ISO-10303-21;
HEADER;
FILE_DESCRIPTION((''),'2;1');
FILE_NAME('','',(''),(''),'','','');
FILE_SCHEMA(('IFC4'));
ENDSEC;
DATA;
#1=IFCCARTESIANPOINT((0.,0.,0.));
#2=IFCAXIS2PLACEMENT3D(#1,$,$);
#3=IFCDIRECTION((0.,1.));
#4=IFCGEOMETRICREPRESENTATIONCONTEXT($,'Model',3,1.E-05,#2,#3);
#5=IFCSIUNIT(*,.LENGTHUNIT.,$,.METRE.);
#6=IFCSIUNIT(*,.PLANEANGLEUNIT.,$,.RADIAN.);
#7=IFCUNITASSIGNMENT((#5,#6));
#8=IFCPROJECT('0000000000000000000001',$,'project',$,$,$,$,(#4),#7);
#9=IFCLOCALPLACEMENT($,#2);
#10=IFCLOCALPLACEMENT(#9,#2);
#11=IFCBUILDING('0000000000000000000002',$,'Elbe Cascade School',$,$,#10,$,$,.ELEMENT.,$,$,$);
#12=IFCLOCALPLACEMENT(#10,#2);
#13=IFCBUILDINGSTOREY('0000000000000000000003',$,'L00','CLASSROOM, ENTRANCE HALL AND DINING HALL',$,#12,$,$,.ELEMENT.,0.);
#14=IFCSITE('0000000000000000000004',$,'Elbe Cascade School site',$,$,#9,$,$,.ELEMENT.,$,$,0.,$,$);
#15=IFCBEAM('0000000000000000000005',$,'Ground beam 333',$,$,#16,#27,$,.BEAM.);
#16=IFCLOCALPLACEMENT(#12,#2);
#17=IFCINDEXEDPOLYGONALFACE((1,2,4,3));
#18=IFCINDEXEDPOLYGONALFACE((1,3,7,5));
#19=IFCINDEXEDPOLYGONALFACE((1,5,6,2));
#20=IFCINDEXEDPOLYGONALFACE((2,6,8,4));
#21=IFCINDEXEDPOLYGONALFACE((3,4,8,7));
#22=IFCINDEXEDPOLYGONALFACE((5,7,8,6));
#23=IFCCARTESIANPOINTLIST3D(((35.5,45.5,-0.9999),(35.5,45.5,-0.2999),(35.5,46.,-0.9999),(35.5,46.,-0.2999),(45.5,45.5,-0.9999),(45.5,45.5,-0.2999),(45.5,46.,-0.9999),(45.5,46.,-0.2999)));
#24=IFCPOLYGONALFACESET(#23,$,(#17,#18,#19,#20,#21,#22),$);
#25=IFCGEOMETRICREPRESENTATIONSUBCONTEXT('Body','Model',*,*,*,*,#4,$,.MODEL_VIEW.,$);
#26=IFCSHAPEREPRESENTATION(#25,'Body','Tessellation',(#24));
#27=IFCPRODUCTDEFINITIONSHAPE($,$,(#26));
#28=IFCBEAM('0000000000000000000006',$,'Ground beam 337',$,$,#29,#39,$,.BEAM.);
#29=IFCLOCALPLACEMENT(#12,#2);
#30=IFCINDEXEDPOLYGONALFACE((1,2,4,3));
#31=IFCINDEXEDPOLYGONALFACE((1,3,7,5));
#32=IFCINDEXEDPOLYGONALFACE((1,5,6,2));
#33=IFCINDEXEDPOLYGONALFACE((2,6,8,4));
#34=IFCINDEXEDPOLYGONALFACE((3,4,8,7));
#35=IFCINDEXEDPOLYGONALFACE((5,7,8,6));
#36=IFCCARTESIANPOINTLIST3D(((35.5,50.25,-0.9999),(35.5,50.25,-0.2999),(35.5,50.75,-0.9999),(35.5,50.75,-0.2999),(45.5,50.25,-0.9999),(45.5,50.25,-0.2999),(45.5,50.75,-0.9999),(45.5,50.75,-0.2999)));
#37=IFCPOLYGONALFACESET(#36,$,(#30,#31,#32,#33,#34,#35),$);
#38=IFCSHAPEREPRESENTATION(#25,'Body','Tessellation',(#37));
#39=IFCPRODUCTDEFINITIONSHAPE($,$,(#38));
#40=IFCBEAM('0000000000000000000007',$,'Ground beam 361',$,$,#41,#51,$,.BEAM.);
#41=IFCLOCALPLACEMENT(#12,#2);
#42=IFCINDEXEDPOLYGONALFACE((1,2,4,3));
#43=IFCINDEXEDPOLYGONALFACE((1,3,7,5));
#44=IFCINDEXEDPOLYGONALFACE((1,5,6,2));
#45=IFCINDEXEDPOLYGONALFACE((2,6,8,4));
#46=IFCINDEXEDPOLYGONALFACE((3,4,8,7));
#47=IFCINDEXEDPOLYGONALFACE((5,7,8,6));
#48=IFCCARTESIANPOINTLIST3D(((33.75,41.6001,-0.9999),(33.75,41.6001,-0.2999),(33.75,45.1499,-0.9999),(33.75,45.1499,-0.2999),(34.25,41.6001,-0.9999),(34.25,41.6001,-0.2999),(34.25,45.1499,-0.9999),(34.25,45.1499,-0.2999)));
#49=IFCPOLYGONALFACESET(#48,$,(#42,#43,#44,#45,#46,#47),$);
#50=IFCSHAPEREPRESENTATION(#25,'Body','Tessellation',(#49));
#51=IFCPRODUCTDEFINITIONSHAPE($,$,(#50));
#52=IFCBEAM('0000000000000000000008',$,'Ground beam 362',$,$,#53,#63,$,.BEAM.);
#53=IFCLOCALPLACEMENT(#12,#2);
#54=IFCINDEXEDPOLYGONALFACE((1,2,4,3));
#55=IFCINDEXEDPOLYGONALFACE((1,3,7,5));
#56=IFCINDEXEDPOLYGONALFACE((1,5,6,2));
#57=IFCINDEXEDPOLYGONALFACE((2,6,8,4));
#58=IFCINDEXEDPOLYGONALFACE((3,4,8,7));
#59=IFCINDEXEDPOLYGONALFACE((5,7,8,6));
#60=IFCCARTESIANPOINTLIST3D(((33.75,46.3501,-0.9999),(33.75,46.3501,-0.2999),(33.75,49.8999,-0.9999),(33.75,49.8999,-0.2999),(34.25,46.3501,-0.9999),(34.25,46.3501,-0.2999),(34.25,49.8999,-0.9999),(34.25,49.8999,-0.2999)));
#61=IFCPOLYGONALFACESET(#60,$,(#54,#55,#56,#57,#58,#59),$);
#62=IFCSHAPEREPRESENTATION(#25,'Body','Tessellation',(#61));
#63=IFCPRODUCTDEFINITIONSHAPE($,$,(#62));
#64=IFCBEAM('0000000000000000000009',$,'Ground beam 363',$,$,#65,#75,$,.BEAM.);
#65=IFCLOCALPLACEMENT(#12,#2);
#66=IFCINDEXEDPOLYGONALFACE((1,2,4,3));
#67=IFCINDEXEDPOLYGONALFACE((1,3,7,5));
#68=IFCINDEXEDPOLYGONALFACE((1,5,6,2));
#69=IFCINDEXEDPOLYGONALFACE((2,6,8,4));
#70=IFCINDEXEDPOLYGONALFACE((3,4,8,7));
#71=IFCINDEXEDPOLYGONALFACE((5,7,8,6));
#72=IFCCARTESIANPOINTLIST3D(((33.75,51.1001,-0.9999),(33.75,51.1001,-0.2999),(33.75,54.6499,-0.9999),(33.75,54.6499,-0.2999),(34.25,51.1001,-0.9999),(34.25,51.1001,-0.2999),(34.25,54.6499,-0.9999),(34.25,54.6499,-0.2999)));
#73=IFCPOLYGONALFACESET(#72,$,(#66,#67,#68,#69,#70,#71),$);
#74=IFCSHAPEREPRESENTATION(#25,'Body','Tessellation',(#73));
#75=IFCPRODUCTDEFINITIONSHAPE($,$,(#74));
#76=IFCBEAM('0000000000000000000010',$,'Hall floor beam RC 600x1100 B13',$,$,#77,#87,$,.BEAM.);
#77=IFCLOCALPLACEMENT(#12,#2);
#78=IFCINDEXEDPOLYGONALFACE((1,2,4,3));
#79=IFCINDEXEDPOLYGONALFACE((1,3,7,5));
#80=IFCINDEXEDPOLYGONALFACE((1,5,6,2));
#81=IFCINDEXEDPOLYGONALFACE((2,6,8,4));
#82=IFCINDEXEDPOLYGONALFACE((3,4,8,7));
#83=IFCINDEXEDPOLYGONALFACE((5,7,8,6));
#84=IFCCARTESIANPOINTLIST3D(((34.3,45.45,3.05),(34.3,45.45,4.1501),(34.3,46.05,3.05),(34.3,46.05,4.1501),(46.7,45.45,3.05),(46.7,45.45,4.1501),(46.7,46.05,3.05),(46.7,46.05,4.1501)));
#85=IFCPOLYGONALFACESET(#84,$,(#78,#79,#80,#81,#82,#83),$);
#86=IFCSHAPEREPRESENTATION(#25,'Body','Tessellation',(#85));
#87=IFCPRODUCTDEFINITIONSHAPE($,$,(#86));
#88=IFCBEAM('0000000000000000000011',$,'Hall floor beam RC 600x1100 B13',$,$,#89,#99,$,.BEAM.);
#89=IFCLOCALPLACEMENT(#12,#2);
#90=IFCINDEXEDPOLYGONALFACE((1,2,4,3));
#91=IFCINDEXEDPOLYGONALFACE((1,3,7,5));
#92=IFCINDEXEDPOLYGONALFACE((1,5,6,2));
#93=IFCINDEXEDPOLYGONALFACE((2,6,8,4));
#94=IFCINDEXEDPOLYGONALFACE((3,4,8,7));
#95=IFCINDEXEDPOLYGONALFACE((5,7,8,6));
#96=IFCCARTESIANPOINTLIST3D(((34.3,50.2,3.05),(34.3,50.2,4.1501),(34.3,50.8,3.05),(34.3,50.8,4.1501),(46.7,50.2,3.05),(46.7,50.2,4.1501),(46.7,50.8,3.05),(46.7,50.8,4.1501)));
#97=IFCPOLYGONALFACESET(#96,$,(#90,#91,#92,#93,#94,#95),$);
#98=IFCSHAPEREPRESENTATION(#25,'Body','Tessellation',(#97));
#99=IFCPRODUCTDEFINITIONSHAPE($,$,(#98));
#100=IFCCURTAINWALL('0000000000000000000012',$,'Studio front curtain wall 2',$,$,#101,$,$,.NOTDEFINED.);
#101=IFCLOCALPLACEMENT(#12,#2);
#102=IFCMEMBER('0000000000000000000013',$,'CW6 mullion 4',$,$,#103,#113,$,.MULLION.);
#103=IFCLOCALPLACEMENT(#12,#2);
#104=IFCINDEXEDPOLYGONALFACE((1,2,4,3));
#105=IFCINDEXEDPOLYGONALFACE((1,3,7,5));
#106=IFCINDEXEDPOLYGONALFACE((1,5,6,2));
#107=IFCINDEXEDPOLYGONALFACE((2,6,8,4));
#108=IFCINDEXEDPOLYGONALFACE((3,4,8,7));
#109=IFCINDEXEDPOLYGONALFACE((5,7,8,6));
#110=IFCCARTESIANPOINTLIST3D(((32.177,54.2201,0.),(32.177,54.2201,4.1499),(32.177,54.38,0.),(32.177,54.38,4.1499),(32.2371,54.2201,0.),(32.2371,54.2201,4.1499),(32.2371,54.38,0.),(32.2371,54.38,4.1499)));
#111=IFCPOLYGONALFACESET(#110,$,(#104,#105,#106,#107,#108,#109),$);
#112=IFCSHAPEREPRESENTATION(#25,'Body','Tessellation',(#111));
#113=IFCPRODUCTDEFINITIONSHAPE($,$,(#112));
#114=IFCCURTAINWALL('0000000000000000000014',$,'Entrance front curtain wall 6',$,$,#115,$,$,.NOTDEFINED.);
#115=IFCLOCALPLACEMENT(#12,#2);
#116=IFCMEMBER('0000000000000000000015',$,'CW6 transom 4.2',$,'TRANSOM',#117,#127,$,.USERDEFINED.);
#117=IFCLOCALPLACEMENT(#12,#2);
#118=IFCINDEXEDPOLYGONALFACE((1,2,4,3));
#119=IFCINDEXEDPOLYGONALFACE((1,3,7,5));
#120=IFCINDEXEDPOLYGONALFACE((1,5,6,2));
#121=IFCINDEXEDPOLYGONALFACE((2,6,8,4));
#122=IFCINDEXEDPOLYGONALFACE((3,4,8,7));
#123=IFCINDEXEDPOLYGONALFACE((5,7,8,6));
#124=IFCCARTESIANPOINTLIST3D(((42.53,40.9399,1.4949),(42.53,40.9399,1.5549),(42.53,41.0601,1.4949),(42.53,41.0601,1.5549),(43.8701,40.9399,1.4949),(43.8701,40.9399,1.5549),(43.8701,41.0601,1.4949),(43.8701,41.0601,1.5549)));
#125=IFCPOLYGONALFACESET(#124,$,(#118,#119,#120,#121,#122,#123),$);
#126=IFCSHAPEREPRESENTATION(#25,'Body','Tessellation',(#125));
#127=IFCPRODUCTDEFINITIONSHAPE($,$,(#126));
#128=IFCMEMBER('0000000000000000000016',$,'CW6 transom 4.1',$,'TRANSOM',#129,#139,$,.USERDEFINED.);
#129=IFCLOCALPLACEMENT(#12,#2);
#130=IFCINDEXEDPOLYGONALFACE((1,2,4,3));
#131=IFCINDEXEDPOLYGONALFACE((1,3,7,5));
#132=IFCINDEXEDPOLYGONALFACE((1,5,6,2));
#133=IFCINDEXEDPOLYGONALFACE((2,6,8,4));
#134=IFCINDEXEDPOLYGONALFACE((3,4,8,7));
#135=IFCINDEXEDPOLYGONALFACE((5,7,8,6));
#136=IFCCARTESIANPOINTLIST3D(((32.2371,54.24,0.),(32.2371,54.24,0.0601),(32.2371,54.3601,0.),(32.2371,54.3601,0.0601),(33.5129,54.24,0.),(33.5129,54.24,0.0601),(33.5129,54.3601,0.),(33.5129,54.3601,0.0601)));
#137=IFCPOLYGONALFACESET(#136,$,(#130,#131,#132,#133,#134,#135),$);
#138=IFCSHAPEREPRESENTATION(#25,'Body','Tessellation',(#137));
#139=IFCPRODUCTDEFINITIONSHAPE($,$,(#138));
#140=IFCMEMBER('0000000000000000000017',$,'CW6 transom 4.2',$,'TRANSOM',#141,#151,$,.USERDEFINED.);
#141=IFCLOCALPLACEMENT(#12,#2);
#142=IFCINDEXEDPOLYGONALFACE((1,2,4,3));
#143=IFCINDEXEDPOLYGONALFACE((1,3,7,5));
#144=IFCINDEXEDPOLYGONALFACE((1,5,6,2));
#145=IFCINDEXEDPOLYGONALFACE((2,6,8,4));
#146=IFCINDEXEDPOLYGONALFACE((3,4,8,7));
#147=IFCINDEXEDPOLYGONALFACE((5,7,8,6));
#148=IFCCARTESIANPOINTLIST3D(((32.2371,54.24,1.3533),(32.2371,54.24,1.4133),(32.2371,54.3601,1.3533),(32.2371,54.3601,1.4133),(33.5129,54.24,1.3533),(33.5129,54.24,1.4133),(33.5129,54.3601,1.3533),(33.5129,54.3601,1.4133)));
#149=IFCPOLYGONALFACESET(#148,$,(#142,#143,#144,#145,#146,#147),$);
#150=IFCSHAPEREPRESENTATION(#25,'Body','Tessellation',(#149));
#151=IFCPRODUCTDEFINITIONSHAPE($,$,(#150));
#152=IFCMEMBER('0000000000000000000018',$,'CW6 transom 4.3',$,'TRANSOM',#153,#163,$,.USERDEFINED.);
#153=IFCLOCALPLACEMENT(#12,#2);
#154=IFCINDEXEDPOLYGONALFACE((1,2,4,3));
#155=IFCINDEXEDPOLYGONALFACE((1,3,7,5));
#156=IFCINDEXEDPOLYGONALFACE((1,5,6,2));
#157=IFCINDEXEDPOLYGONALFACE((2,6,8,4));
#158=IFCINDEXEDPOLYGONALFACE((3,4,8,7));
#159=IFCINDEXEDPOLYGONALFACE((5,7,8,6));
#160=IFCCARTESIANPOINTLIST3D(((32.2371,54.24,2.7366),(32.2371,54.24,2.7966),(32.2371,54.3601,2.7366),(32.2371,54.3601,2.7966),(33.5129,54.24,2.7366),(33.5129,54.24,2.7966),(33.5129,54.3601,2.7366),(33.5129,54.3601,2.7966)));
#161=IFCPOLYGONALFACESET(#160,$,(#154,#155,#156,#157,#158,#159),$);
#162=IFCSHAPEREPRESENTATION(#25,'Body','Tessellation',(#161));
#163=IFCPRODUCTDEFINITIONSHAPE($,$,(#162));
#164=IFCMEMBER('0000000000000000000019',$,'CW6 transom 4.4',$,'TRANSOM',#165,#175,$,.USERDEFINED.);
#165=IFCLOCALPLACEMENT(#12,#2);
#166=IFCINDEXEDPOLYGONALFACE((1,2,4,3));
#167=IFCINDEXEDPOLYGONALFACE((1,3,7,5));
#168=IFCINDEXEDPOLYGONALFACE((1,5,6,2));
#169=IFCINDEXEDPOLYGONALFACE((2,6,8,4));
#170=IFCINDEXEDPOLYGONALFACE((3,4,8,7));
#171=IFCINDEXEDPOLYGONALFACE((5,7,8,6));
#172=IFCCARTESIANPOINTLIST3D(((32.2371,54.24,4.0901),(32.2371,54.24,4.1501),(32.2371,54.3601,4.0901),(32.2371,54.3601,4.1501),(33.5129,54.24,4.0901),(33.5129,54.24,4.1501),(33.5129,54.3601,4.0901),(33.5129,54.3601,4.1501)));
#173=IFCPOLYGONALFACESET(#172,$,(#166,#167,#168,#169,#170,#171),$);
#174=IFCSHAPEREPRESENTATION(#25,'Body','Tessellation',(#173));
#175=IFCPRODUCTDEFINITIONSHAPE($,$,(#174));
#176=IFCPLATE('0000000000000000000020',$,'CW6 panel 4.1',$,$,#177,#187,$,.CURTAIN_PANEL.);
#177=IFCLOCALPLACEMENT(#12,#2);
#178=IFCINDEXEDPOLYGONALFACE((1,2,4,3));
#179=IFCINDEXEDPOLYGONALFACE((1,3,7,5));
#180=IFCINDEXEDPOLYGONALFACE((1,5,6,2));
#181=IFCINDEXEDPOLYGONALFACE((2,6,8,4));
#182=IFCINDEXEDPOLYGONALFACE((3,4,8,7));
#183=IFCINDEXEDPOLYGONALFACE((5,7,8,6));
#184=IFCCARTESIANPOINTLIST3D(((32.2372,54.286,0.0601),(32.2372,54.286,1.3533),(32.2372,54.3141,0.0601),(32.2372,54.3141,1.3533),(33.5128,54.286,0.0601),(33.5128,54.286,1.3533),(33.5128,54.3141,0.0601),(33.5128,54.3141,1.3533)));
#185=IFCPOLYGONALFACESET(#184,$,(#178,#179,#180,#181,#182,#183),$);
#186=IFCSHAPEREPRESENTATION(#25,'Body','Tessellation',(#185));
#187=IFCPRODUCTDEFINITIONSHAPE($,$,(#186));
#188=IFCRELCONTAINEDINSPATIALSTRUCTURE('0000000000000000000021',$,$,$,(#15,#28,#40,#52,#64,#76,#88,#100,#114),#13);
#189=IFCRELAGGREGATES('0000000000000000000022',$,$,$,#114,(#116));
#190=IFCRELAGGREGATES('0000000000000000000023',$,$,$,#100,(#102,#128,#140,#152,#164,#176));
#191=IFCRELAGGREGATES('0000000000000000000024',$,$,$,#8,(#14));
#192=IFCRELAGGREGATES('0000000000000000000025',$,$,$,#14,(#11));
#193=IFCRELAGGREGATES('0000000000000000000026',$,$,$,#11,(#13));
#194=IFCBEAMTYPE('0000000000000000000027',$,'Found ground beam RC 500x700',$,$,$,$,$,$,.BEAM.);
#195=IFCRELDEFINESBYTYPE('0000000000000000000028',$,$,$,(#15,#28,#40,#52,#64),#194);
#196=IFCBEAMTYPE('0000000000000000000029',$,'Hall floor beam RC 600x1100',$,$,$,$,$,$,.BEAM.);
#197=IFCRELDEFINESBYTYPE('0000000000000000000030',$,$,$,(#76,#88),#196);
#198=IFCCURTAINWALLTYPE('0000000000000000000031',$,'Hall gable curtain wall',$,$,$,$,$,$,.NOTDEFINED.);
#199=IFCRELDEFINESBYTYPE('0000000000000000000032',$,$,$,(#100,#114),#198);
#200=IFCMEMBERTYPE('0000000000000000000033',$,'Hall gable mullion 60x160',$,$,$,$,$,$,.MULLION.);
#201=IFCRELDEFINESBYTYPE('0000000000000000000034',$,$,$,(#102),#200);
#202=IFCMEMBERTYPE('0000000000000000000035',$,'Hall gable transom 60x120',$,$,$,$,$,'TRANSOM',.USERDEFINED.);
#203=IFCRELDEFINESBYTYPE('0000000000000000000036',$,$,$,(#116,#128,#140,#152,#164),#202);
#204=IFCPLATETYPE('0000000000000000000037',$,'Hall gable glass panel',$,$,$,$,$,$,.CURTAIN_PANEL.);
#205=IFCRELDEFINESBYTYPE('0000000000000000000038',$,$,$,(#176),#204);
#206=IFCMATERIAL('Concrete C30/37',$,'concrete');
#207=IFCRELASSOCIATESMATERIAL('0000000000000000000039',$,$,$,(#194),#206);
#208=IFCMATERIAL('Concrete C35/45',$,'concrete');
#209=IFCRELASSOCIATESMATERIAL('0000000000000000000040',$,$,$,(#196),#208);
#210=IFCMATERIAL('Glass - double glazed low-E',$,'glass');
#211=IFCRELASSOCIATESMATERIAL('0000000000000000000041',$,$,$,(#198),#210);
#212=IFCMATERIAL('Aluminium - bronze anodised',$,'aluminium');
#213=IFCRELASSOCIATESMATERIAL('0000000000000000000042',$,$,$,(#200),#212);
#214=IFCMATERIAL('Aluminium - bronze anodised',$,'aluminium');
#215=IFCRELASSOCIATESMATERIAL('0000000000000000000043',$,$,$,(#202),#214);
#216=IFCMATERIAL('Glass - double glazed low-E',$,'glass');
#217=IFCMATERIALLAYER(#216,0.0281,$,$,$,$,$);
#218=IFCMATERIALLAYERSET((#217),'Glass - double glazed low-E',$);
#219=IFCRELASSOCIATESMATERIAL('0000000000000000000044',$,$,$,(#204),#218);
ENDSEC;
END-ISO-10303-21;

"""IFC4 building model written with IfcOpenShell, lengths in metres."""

from ifc_helpers import new_model, si_unit, direction, frame, origin, origin_2d, place, context, subcontext, project, spatial, rectangle, extrude, material, layer, layer_set, material_profile, profile_set, type_object, element, aggregate, save


model = new_model("IFC4")

# Units and contexts
model_context = context("Model", 3, precision=1e-05, world=origin(), true_north=direction((0.0, 1.0)))
body_context = subcontext(model_context, "Body", "Model", "MODEL_VIEW")
ifc_project = project(units=[si_unit("LENGTHUNIT", "METRE"), si_unit("PLANEANGLEUNIT", "RADIAN")], contexts=[model_context])

# Site, building, storey
site_placement = place(None, origin())
site = spatial("IfcSite", under=ifc_project, at=site_placement, Name="Elbe Cascade School site", CompositionType="ELEMENT", RefElevation=0.0)
building_placement = place(site_placement, origin())
building = spatial("IfcBuilding", under=site, at=building_placement, Name="Elbe Cascade School", CompositionType="ELEMENT")
storey_placement = place(building_placement, origin())
storey = spatial("IfcBuildingStorey", under=building, at=storey_placement, Name="L00", Description="CLASSROOM, ENTRANCE HALL AND DINING HALL", CompositionType="ELEMENT", Elevation=0.0)

# Beams
ifc_material_1 = material(Name="Concrete C30/37", Category="concrete")
ifc_material_profile_1 = material_profile(ifc_material_1, rectangle(XDim=0.5, YDim=0.7, at=origin_2d()), Name="RC 500x700")
ifc_profile_set_1 = profile_set([ifc_material_profile_1], Name="Concrete C30/37")
beam_type_1 = type_object("IfcBeamType", Name="Found ground beam RC 500x700", PredefinedType="BEAM", material=ifc_profile_set_1)
for number, where, z_axis, x_axis, name in (
    (1, (35.5, 45.75, -0.6499), (1.0, 0.0, 0.0), (0.0, 1.0, 0.0), "Ground beam 333"),
    (2, (35.5, 50.5, -0.6499), (1.0, 0.0, 0.0), (0.0, 1.0, 0.0), "Ground beam 337"),
):
    element("IfcBeam", number, at=place(storey_placement, frame(where, z_axis=z_axis, x_axis=x_axis)), inside=storey, type_object=beam_type_1, Name=name, PredefinedType="BEAM", context=body_context, shape_type="SweptSolid", body=[
        extrude(rectangle(XDim=0.5, YDim=0.7, at=origin_2d()), origin(), (0.0, 0.0, 1.0), 10.0),
    ])
for number, where, z_axis, x_axis, name in (
    (3, (34.0, 41.6001, -0.6499), (0.0, 1.0, 0.0), (-1.0, 0.0, 0.0), "Ground beam 361"),
    (4, (34.0, 46.3501, -0.6499), (0.0, 1.0, 0.0), (-1.0, 0.0, 0.0), "Ground beam 362"),
    (5, (34.0, 51.1001, -0.6499), (0.0, 1.0, 0.0), (-1.0, 0.0, 0.0), "Ground beam 363"),
):
    element("IfcBeam", number, at=place(storey_placement, frame(where, z_axis=z_axis, x_axis=x_axis)), inside=storey, type_object=beam_type_1, Name=name, PredefinedType="BEAM", context=body_context, shape_type="SweptSolid", body=[
        extrude(rectangle(XDim=0.5, YDim=0.7, at=origin_2d()), origin(), (0.0, 0.0, 1.0), 3.5498),
    ])
ifc_material_2 = material(Name="Concrete C35/45", Category="concrete")
ifc_material_profile_2 = material_profile(ifc_material_2, rectangle(XDim=0.6001, YDim=1.1001, at=origin_2d()), Name="RC 600x1100")
ifc_profile_set_2 = profile_set([ifc_material_profile_2], Name="Concrete C35/45")
beam_type_2 = type_object("IfcBeamType", Name="Hall floor beam RC 600x1100", PredefinedType="BEAM", material=ifc_profile_set_2)
for number, where, z_axis, x_axis, name in (
    (6, (34.3, 45.75, 3.6001), (1.0, 0.0, 0.0), (0.0, 1.0, 0.0), "Hall floor beam RC 600x1100 B13"),
    (7, (34.3, 50.5, 3.6001), (1.0, 0.0, 0.0), (0.0, 1.0, 0.0), "Hall floor beam RC 600x1100 B13"),
):
    element("IfcBeam", number, at=place(storey_placement, frame(where, z_axis=z_axis, x_axis=x_axis)), inside=storey, type_object=beam_type_2, Name=name, PredefinedType="BEAM", context=body_context, shape_type="SweptSolid", body=[
        extrude(rectangle(XDim=0.6001, YDim=1.1001, at=origin_2d()), origin(), (0.0, 0.0, 1.0), 12.3999),
    ])

# Curtain walls, members
ifc_material_3 = material(Name="Glass - double glazed low-E", Category="glass")
curtain_wall_type = type_object("IfcCurtainWallType", Name="Hall gable curtain wall", PredefinedType="NOTDEFINED", material=ifc_material_3)
curtain_wall_1_placement = place(storey_placement, origin())
curtain_wall_1 = element("IfcCurtainWall", 8, at=curtain_wall_1_placement, inside=storey, type_object=curtain_wall_type, Name="Studio front curtain wall 2", PredefinedType="NOTDEFINED")
ifc_material_4 = material(Name="Aluminium - bronze anodised", Category="aluminium")
ifc_material_profile_3 = material_profile(ifc_material_4, rectangle(XDim=0.1599, YDim=0.0601, at=origin_2d()), Name="Alu 60x160")
ifc_profile_set_3 = profile_set([ifc_material_profile_3], Name="Aluminium - bronze anodised")
member_type_1 = type_object("IfcMemberType", Name="Hall gable mullion 60x160", PredefinedType="MULLION", material=ifc_profile_set_3)
member_1_placement = place(storey_placement, frame((32.207, 54.3, 0.0), z_axis=(0.0, 0.0, 1.0), x_axis=(0.0, 1.0, 0.0)))
member_1 = element("IfcMember", 9, at=member_1_placement, type_object=member_type_1, Name="CW6 mullion 4", PredefinedType="MULLION", context=body_context, shape_type="SweptSolid", body=[
    extrude(rectangle(XDim=0.1599, YDim=0.0601, at=origin_2d()), origin(), (0.0, 0.0, 1.0), 4.1499),
])
curtain_wall_2_placement = place(storey_placement, origin())
curtain_wall_2 = element("IfcCurtainWall", 10, at=curtain_wall_2_placement, inside=storey, type_object=curtain_wall_type, Name="Entrance front curtain wall 6", PredefinedType="NOTDEFINED")
ifc_material_5 = material(Name="Aluminium - bronze anodised", Category="aluminium")
ifc_material_profile_4 = material_profile(ifc_material_5, rectangle(XDim=0.1201, YDim=0.0601, at=origin_2d()), Name="Alu 60x120")
ifc_profile_set_4 = profile_set([ifc_material_profile_4], Name="Aluminium - bronze anodised")
member_type_2 = type_object("IfcMemberType", Name="Hall gable transom 60x120", ElementType="TRANSOM", PredefinedType="USERDEFINED", material=ifc_profile_set_4)
member_2_placement = place(storey_placement, frame((42.53, 41.0, 1.5249), z_axis=(1.0, 0.0, 0.0), x_axis=(0.0, 1.0, 0.0)))
member_2 = element("IfcMember", 11, at=member_2_placement, type_object=member_type_2, Name="CW6 transom 4.2", ObjectType="TRANSOM", PredefinedType="USERDEFINED", context=body_context, shape_type="SweptSolid", body=[
    extrude(rectangle(XDim=0.1201, YDim=0.0601, at=origin_2d()), origin(), (0.0, 0.0, 1.0), 1.3401),
])
aggregate(curtain_wall_2, [member_2])

# Members
member_3_placement = place(storey_placement, frame((32.2371, 54.3, 0.03), z_axis=(1.0, 0.0, 0.0), x_axis=(0.0, 1.0, 0.0)))
member_3 = element("IfcMember", 12, at=member_3_placement, type_object=member_type_2, Name="CW6 transom 4.1", ObjectType="TRANSOM", PredefinedType="USERDEFINED", context=body_context, shape_type="SweptSolid", body=[
    extrude(rectangle(XDim=0.1201, YDim=0.0601, at=origin_2d()), origin(), (0.0, 0.0, 1.0), 1.2759),
])
member_4_placement = place(storey_placement, frame((32.2371, 54.3, 1.3833), z_axis=(1.0, 0.0, 0.0), x_axis=(0.0, 1.0, 0.0)))
member_4 = element("IfcMember", 13, at=member_4_placement, type_object=member_type_2, Name="CW6 transom 4.2", ObjectType="TRANSOM", PredefinedType="USERDEFINED", context=body_context, shape_type="SweptSolid", body=[
    extrude(rectangle(XDim=0.1201, YDim=0.0601, at=origin_2d()), origin(), (0.0, 0.0, 1.0), 1.2759),
])
member_5_placement = place(storey_placement, frame((32.2371, 54.3, 2.7666), z_axis=(1.0, 0.0, 0.0), x_axis=(0.0, 1.0, 0.0)))
member_5 = element("IfcMember", 14, at=member_5_placement, type_object=member_type_2, Name="CW6 transom 4.3", ObjectType="TRANSOM", PredefinedType="USERDEFINED", context=body_context, shape_type="SweptSolid", body=[
    extrude(rectangle(XDim=0.1201, YDim=0.0601, at=origin_2d()), origin(), (0.0, 0.0, 1.0), 1.2759),
])
member_6_placement = place(storey_placement, frame((32.2371, 54.3, 4.1201), z_axis=(1.0, 0.0, 0.0), x_axis=(0.0, 1.0, 0.0)))
member_6 = element("IfcMember", 15, at=member_6_placement, type_object=member_type_2, Name="CW6 transom 4.4", ObjectType="TRANSOM", PredefinedType="USERDEFINED", context=body_context, shape_type="SweptSolid", body=[
    extrude(rectangle(XDim=0.1201, YDim=0.0601, at=origin_2d()), origin(), (0.0, 0.0, 1.0), 1.2759),
])

# Plate
ifc_material_6 = material(Name="Glass - double glazed low-E", Category="glass")
ifc_layer_1 = layer(ifc_material_6, 0.0281)
ifc_layer_set_1 = layer_set([ifc_layer_1], Name="Glass - double glazed low-E")
plate_type = type_object("IfcPlateType", Name="Hall gable glass panel", PredefinedType="CURTAIN_PANEL", material=ifc_layer_set_1)
plate_placement = place(storey_placement, frame((32.875, 54.3, 0.0601), z_axis=(0.0, 0.0, 1.0), x_axis=(1.0, 0.0, 0.0)))
plate = element("IfcPlate", 16, at=plate_placement, type_object=plate_type, Name="CW6 panel 4.1", PredefinedType="CURTAIN_PANEL", context=body_context, shape_type="SweptSolid", body=[
    extrude(rectangle(XDim=1.2756, YDim=0.0281, at=origin_2d()), origin(), (0.0, 0.0, 1.0), 1.2932),
])
aggregate(curtain_wall_1, [member_1, member_3, member_4, member_5, member_6, plate])

save(model, "model.ifc")
